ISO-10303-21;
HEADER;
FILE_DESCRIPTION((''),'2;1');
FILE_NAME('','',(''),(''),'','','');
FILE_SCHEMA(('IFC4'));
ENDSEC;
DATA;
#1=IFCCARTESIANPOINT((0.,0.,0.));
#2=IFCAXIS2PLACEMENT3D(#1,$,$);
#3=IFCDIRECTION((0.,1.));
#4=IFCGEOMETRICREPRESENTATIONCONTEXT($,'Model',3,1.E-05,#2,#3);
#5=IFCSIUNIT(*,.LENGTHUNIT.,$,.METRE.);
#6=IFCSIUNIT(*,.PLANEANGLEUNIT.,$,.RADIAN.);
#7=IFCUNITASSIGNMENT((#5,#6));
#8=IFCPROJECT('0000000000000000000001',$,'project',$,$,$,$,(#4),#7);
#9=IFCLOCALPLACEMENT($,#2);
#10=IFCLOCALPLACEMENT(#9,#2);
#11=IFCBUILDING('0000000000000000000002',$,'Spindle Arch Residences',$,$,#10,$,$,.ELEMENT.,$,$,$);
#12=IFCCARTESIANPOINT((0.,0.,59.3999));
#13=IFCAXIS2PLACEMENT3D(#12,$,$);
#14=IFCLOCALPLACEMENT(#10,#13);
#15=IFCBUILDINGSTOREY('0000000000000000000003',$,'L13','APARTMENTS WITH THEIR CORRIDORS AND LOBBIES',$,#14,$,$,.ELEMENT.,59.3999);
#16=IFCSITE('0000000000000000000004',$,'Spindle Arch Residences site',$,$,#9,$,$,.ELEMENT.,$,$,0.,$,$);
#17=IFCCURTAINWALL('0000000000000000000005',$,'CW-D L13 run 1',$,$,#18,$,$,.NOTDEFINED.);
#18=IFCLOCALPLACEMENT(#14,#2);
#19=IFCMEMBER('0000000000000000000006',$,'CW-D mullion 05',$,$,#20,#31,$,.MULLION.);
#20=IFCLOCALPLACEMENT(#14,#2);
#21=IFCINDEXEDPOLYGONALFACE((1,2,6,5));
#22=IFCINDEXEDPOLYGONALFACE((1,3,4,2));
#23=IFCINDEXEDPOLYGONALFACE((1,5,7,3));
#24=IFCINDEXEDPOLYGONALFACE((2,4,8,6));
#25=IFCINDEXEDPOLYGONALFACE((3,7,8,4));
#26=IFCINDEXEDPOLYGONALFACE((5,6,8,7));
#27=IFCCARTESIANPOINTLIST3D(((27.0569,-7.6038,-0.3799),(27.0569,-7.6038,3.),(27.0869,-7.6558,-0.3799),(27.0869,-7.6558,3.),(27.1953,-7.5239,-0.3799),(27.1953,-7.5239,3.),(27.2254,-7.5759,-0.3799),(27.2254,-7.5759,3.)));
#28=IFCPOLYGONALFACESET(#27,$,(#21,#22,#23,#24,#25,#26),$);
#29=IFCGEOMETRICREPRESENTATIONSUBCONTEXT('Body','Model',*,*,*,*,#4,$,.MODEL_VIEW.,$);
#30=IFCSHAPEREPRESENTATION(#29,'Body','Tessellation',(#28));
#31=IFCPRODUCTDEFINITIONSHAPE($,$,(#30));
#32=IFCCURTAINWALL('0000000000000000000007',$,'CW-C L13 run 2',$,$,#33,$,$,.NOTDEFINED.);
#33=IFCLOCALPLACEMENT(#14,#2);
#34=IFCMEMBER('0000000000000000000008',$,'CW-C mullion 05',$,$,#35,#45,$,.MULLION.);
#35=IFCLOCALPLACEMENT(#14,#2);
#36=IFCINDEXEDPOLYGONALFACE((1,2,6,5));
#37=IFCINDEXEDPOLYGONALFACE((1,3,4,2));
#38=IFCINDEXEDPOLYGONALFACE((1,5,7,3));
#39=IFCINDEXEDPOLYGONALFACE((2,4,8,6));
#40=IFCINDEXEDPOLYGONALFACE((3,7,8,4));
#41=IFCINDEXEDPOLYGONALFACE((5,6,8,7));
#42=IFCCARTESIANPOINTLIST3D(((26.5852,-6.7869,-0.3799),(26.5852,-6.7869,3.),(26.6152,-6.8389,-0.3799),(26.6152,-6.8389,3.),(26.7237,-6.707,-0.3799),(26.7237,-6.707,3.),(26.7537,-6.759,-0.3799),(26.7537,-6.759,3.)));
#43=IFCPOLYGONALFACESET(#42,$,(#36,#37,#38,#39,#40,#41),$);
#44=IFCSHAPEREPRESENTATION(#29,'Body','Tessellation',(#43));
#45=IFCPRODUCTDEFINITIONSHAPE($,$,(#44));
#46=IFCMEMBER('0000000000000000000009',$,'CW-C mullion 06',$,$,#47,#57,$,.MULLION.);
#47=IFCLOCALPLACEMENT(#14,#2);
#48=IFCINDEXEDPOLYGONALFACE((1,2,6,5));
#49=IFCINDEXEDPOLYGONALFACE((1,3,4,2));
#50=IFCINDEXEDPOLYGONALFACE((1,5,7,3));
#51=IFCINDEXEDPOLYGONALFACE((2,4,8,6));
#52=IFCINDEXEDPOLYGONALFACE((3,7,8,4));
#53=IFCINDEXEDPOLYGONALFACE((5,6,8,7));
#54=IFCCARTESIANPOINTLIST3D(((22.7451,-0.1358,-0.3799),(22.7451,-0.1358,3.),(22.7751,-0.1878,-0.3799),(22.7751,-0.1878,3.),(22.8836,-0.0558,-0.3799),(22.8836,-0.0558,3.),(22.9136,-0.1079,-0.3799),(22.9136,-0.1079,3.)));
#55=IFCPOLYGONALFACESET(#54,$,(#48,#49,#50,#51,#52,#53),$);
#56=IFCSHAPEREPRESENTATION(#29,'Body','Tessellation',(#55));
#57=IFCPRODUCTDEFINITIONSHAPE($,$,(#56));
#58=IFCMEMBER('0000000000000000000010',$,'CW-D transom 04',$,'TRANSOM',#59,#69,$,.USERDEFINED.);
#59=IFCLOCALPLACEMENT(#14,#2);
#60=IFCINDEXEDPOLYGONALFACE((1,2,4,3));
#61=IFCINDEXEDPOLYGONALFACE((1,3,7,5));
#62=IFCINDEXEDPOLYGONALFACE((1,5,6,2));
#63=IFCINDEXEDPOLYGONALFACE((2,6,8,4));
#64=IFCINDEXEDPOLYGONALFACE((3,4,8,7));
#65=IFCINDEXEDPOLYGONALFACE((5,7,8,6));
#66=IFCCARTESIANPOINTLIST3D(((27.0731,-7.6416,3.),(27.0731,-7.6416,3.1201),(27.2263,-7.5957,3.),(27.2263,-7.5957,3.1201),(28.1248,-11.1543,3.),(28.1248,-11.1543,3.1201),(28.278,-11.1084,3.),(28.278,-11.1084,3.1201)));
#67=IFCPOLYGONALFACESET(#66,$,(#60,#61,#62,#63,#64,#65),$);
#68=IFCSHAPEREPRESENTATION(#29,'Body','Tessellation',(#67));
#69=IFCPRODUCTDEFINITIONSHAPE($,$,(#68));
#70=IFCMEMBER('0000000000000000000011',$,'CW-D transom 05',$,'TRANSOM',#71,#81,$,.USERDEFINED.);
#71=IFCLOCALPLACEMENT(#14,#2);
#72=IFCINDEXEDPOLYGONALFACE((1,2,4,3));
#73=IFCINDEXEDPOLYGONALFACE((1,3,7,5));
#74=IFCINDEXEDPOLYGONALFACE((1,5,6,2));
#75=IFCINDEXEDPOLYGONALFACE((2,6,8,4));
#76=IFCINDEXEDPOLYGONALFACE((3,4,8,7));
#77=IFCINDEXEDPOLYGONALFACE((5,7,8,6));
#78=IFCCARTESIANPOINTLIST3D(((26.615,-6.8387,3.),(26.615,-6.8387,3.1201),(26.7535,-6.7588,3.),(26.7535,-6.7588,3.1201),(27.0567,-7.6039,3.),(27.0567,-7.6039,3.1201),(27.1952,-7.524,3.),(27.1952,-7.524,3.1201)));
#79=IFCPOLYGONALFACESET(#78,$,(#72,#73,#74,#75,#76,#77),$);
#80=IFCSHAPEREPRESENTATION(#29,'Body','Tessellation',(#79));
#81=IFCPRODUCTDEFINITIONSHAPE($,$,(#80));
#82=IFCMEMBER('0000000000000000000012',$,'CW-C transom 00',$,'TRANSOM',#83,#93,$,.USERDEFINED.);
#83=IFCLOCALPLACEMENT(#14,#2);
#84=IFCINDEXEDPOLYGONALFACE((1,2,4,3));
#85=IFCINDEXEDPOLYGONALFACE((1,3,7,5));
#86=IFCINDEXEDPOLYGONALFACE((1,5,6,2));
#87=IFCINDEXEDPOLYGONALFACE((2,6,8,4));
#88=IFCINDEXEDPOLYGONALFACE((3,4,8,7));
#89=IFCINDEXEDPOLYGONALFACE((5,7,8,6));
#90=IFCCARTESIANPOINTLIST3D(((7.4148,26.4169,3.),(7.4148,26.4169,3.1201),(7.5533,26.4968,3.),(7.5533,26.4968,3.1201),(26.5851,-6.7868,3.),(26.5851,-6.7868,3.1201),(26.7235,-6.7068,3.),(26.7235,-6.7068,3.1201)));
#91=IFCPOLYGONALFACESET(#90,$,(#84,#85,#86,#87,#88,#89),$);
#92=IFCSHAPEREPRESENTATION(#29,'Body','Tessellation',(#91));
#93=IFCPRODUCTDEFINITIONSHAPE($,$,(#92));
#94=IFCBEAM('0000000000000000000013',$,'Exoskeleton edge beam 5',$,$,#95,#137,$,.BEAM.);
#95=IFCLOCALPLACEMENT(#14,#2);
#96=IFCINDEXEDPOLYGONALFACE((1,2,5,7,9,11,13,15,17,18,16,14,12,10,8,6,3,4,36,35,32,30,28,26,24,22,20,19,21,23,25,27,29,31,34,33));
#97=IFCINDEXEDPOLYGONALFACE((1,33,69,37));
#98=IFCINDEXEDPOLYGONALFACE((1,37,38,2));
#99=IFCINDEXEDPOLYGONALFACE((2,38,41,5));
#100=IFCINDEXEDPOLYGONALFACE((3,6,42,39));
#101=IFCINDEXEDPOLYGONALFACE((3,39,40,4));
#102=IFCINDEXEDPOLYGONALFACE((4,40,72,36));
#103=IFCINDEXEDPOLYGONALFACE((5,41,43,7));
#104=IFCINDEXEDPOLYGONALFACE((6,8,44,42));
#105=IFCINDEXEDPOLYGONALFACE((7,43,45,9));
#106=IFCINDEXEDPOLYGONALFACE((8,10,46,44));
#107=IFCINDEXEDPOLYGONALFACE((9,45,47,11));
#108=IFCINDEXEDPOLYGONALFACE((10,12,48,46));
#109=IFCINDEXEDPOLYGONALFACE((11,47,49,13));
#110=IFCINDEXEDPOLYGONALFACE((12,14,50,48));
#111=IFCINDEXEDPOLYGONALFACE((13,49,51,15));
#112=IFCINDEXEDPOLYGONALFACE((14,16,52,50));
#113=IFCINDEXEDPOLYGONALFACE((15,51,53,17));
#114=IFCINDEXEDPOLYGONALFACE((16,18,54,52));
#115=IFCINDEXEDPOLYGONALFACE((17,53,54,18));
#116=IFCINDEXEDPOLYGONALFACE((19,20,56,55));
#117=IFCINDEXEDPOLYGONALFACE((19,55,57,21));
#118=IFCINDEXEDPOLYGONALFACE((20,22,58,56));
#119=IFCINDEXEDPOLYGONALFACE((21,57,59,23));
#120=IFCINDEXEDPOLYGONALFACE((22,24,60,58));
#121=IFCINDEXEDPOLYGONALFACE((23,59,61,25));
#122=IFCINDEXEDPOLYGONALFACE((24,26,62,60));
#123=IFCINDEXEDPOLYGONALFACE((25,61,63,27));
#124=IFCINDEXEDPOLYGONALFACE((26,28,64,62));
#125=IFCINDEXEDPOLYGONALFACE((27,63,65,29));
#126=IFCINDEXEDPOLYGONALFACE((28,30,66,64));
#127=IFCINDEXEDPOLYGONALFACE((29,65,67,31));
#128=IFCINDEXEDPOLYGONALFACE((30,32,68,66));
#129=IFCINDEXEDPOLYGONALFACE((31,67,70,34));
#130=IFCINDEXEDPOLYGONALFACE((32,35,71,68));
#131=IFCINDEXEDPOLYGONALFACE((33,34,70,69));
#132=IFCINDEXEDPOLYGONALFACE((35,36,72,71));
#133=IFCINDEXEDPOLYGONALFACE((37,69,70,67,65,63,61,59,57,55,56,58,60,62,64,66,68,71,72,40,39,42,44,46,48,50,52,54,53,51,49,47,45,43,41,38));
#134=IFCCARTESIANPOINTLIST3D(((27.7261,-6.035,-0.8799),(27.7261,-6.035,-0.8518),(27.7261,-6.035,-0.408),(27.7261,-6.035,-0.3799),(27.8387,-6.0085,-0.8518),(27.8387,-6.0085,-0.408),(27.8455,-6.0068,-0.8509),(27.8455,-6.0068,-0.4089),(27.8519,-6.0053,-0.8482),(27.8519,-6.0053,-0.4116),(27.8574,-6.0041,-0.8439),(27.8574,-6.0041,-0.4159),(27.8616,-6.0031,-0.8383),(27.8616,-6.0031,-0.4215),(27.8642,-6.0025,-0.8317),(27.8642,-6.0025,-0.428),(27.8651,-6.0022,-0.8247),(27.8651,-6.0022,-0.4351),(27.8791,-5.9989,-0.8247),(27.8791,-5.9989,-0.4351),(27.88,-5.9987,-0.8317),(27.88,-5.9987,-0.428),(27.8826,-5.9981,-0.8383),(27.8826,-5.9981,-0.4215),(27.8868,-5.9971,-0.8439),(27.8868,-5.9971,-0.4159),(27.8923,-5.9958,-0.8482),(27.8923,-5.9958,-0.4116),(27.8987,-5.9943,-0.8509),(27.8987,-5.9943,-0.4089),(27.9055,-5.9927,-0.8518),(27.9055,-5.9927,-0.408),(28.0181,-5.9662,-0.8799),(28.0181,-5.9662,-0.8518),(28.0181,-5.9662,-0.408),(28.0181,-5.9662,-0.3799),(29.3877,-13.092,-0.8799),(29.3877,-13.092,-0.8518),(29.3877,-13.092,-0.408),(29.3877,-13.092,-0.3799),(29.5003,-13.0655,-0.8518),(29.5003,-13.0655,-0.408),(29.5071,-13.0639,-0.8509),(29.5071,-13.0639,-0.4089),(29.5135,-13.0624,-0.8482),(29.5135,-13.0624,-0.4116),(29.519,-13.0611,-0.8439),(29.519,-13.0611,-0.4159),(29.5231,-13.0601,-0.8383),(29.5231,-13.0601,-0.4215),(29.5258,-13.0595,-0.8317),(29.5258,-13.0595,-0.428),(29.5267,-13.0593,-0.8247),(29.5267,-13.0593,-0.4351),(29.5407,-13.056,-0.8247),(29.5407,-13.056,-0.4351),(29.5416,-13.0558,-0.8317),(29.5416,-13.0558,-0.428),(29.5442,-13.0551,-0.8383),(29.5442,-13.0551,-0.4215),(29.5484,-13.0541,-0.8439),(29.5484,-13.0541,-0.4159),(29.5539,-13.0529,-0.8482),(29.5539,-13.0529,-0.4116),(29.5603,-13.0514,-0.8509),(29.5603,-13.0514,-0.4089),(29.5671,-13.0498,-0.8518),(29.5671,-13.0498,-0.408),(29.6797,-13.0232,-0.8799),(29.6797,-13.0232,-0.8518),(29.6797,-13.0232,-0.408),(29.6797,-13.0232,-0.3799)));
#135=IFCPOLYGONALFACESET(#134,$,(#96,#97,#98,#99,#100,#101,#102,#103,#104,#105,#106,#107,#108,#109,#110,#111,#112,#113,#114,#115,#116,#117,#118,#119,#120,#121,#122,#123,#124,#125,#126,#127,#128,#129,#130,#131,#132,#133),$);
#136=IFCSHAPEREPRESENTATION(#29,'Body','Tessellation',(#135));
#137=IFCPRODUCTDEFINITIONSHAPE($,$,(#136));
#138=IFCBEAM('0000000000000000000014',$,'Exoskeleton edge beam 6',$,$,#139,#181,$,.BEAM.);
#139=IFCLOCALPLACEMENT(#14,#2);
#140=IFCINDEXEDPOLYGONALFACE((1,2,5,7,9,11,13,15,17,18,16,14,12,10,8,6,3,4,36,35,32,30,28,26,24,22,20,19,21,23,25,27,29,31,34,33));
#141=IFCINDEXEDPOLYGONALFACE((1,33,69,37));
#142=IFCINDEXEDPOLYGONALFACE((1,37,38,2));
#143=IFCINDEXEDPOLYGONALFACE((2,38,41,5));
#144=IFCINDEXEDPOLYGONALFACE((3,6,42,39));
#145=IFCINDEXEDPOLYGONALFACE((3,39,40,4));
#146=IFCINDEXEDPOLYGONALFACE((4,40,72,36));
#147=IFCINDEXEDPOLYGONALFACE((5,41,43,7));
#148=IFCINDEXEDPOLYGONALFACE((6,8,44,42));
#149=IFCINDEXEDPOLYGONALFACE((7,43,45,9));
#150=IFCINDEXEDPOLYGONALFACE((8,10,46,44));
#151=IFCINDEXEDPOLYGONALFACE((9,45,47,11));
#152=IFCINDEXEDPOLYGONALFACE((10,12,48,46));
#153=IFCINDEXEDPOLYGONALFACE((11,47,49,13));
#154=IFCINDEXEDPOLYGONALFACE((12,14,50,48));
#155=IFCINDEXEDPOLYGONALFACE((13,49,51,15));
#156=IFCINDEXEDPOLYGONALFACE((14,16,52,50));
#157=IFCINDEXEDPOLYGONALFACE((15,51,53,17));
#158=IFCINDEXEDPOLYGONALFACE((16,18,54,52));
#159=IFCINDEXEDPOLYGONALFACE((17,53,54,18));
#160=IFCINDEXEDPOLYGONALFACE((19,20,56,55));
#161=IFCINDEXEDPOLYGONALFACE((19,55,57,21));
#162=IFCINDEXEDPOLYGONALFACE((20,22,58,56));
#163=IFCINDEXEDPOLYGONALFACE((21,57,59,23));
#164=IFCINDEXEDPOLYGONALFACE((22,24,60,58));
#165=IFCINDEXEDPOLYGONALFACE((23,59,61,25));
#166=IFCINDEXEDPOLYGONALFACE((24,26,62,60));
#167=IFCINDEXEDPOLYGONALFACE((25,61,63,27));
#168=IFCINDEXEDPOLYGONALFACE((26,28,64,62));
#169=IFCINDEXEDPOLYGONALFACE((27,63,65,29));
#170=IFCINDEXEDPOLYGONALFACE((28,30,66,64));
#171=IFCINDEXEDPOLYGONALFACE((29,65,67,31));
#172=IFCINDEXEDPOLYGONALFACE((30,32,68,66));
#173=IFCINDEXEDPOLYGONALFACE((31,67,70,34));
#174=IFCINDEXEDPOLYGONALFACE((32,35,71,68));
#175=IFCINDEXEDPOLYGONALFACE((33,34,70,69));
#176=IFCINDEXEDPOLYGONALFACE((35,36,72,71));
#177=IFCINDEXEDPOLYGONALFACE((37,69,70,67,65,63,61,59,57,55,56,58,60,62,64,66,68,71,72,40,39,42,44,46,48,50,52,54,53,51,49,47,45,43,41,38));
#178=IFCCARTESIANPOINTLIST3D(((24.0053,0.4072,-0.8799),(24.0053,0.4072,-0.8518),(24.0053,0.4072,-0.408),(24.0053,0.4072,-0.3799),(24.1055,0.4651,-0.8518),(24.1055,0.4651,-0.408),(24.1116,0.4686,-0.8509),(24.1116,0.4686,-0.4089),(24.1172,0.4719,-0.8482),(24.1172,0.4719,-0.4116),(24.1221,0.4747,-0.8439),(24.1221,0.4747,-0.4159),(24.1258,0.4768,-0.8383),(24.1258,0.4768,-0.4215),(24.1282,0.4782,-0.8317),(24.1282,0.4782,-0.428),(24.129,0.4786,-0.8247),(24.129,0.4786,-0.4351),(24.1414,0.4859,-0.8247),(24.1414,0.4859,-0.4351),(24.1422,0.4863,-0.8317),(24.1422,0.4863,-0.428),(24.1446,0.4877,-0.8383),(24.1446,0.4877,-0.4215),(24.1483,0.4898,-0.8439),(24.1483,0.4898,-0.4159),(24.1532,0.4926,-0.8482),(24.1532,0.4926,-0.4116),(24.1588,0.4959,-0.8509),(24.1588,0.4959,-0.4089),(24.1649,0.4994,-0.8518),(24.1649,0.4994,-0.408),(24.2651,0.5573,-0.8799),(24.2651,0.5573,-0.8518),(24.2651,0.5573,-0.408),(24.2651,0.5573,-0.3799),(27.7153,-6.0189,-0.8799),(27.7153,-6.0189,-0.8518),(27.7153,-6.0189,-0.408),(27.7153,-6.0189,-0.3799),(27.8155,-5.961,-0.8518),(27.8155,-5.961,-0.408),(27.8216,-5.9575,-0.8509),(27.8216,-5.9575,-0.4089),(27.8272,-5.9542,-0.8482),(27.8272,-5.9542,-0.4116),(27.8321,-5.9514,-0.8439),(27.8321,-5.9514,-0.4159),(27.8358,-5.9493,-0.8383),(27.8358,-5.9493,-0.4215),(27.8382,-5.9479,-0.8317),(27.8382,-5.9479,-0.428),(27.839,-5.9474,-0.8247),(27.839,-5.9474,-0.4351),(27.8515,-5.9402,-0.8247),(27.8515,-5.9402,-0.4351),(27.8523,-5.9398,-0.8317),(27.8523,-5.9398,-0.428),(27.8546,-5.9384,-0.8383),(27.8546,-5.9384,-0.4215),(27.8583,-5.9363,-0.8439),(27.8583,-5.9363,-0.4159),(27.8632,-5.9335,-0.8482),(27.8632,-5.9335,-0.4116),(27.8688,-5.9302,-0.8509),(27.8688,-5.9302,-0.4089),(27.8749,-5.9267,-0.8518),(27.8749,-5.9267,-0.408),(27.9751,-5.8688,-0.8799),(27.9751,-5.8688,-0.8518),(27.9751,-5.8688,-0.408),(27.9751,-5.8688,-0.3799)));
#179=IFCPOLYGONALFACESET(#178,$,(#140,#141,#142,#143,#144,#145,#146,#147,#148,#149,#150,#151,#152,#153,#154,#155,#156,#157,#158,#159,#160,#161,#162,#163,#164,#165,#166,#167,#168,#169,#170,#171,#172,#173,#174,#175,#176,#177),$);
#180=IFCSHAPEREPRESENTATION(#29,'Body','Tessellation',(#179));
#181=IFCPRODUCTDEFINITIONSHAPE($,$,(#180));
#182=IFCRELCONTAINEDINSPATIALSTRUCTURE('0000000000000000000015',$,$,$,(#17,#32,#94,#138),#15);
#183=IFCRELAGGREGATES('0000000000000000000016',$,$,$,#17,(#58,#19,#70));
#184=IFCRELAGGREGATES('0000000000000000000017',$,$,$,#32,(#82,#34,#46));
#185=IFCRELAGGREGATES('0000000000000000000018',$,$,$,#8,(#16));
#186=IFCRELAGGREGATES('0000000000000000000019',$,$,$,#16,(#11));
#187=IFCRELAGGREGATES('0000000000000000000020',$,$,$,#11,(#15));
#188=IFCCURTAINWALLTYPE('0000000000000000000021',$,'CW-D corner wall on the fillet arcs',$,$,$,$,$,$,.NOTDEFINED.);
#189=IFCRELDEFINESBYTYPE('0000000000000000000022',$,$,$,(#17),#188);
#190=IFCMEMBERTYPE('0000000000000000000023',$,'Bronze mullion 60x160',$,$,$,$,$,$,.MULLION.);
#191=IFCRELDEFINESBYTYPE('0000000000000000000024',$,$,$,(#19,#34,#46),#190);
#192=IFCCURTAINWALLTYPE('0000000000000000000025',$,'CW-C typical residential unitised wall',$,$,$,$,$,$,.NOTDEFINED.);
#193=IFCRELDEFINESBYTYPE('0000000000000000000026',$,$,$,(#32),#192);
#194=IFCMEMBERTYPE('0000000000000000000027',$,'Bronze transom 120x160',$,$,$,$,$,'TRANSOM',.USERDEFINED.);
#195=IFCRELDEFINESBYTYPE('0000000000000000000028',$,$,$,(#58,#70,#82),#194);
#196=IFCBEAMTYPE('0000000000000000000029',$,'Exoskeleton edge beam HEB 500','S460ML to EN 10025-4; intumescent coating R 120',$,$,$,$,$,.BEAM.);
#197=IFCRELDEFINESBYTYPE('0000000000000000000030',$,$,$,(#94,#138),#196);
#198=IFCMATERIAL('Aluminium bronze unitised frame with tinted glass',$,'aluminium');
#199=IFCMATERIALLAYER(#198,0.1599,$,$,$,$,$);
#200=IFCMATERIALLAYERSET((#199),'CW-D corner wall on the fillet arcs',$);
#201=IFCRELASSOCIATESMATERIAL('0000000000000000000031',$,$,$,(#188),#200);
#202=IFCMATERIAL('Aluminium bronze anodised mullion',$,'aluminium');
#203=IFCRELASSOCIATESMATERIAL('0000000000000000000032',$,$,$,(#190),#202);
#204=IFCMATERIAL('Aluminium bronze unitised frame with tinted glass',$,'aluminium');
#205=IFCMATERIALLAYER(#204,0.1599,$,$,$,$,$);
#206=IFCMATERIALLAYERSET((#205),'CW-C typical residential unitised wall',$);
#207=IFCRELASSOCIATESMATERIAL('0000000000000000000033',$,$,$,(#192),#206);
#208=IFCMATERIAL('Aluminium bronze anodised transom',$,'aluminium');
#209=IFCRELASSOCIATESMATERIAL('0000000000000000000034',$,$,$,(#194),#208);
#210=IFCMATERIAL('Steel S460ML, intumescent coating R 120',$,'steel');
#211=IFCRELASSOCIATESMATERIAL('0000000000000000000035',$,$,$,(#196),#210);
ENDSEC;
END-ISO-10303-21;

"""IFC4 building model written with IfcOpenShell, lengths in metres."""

from ifc_helpers import new_model, si_unit, direction, frame, origin, origin_2d, place, context, subcontext, project, spatial, rectangle, i_section, extrude, material, layer, layer_set, material_profile, profile_set, type_object, element, aggregate, save


model = new_model("IFC4")

# Units and contexts
model_context = context("Model", 3, precision=1e-05, world=origin(), true_north=direction((0.0, 1.0)))
body_context = subcontext(model_context, "Body", "Model", "MODEL_VIEW")
ifc_project = project(units=[si_unit("LENGTHUNIT", "METRE"), si_unit("PLANEANGLEUNIT", "RADIAN")], contexts=[model_context])

# Site, building, storey
site_placement = place(None, origin())
site = spatial("IfcSite", under=ifc_project, at=site_placement, Name="Spindle Arch Residences site", CompositionType="ELEMENT", RefElevation=0.0)
building_placement = place(site_placement, origin())
building = spatial("IfcBuilding", under=site, at=building_placement, Name="Spindle Arch Residences", CompositionType="ELEMENT")
storey_placement = place(building_placement, frame((0.0, 0.0, 59.3999)))
storey = spatial("IfcBuildingStorey", under=building, at=storey_placement, Name="L13", Description="APARTMENTS WITH THEIR CORRIDORS AND LOBBIES", CompositionType="ELEMENT", Elevation=59.3999)

# Curtain walls, members
ifc_material_1 = material(Name="Aluminium bronze unitised frame with tinted glass", Category="aluminium")
ifc_layer_1 = layer(ifc_material_1, 0.1599)
ifc_layer_set_1 = layer_set([ifc_layer_1], Name="CW-D corner wall on the fillet arcs")
curtain_wall_type_1 = type_object("IfcCurtainWallType", Name="CW-D corner wall on the fillet arcs", PredefinedType="NOTDEFINED", material=ifc_layer_set_1)
curtain_wall_1_placement = place(storey_placement, origin())
curtain_wall_1 = element("IfcCurtainWall", 1, at=curtain_wall_1_placement, inside=storey, type_object=curtain_wall_type_1, Name="CW-D L13 run 1", PredefinedType="NOTDEFINED")
ifc_material_2 = material(Name="Aluminium bronze anodised mullion", Category="aluminium")
ifc_material_profile_1 = material_profile(ifc_material_2, rectangle(XDim=0.1599, YDim=0.0601, at=origin_2d()), Name="MU 60x160")
ifc_profile_set_1 = profile_set([ifc_material_profile_1], Name="Aluminium bronze anodised mullion")
member_type_1 = type_object("IfcMemberType", Name="Bronze mullion 60x160", PredefinedType="MULLION", material=ifc_profile_set_1)
member_1_placement = place(storey_placement, frame((27.1411, -7.5898, -0.3799), z_axis=(0.0, 0.0, 1.0), x_axis=(-0.866025, -0.5, 0.0)))
member_1 = element("IfcMember", 2, at=member_1_placement, type_object=member_type_1, Name="CW-D mullion 05", PredefinedType="MULLION", context=body_context, shape_type="SweptSolid", body=[
    extrude(rectangle(XDim=0.1599, YDim=0.0601, at=origin_2d()), origin(), (0.0, 0.0, 1.0), 3.3799),
])
ifc_material_3 = material(Name="Aluminium bronze unitised frame with tinted glass", Category="aluminium")
ifc_layer_2 = layer(ifc_material_3, 0.1599)
ifc_layer_set_2 = layer_set([ifc_layer_2], Name="CW-C typical residential unitised wall")
curtain_wall_type_2 = type_object("IfcCurtainWallType", Name="CW-C typical residential unitised wall", PredefinedType="NOTDEFINED", material=ifc_layer_set_2)
curtain_wall_2_placement = place(storey_placement, origin())
curtain_wall_2 = element("IfcCurtainWall", 3, at=curtain_wall_2_placement, inside=storey, type_object=curtain_wall_type_2, Name="CW-C L13 run 2", PredefinedType="NOTDEFINED")
member_2_placement = place(storey_placement, frame((26.6694, -6.7729, -0.3799), z_axis=(0.0, 0.0, 1.0), x_axis=(-0.866025, -0.5, 0.0)))
member_2 = element("IfcMember", 4, at=member_2_placement, type_object=member_type_1, Name="CW-C mullion 05", PredefinedType="MULLION", context=body_context, shape_type="SweptSolid", body=[
    extrude(rectangle(XDim=0.1599, YDim=0.0601, at=origin_2d()), origin(), (0.0, 0.0, 1.0), 3.3799),
])
member_3_placement = place(storey_placement, frame((22.8293, -0.1218, -0.3799), z_axis=(0.0, 0.0, 1.0), x_axis=(-0.866025, -0.5, 0.0)))
member_3 = element("IfcMember", 5, at=member_3_placement, type_object=member_type_1, Name="CW-C mullion 06", PredefinedType="MULLION", context=body_context, shape_type="SweptSolid", body=[
    extrude(rectangle(XDim=0.1599, YDim=0.0601, at=origin_2d()), origin(), (0.0, 0.0, 1.0), 3.3799),
])

# Members
ifc_material_4 = material(Name="Aluminium bronze anodised transom", Category="aluminium")
ifc_material_profile_2 = material_profile(ifc_material_4, rectangle(XDim=0.1599, YDim=0.1201, at=origin_2d()), Name="TR 120x160")
ifc_profile_set_2 = profile_set([ifc_material_profile_2], Name="Aluminium bronze anodised transom")
member_type_2 = type_object("IfcMemberType", Name="Bronze transom 120x160", ElementType="TRANSOM", PredefinedType="USERDEFINED", material=ifc_profile_set_2)
member_4_placement = place(storey_placement, frame((28.2014, -11.1313, 3.0601), z_axis=(-0.286835, 0.95798, 0.0), x_axis=(-0.95798, -0.286835, 0.0)))
member_4 = element("IfcMember", 6, at=member_4_placement, type_object=member_type_2, Name="CW-D transom 04", ObjectType="TRANSOM", PredefinedType="USERDEFINED", context=body_context, shape_type="SweptSolid", body=[
    extrude(rectangle(XDim=0.1599, YDim=0.1201, at=origin_2d()), origin(), (0.0, 0.0, 1.0), 3.6667),
])
member_5_placement = place(storey_placement, frame((27.126, -7.564, 3.0601), z_axis=(-0.499914, 0.866075, 0.0), x_axis=(-0.866075, -0.499914, 0.0)))
member_5 = element("IfcMember", 7, at=member_5_placement, type_object=member_type_2, Name="CW-D transom 05", ObjectType="TRANSOM", PredefinedType="USERDEFINED", context=body_context, shape_type="SweptSolid", body=[
    extrude(rectangle(XDim=0.1599, YDim=0.1201, at=origin_2d()), origin(), (0.0, 0.0, 1.0), 0.8835),
])
member_6_placement = place(storey_placement, frame((26.6543, -6.7468, 3.0601), z_axis=(-0.500001, 0.866025, 0.0), x_axis=(-0.866025, -0.500001, 0.0)))
member_6 = element("IfcMember", 8, at=member_6_placement, type_object=member_type_2, Name="CW-C transom 00", ObjectType="TRANSOM", PredefinedType="USERDEFINED", context=body_context, shape_type="SweptSolid", body=[
    extrude(rectangle(XDim=0.1599, YDim=0.1201, at=origin_2d()), origin(), (0.0, 0.0, 1.0), 38.3403),
])

# Beams
ifc_material_5 = material(Name="Steel S460ML, intumescent coating R 120", Category="steel")
ifc_material_profile_3 = material_profile(ifc_material_5, i_section(OverallWidth=0.3, OverallDepth=0.5, WebThickness=0.0144, FlangeThickness=0.0281, FilletRadius=0.0271, at=origin_2d()), Name="HEB 500")
ifc_profile_set_3 = profile_set([ifc_material_profile_3], Name="Steel S460ML, intumescent coating R 120")
beam_type_1 = type_object("IfcBeamType", Name="Exoskeleton edge beam HEB 500", Description="S460ML to EN 10025-4; intumescent coating R 120", PredefinedType="BEAM", material=ifc_profile_set_3)
beam_1_placement = place(storey_placement, frame((29.5337, -13.0576, -0.6299), z_axis=(-0.229186, 0.973383, 0.0), x_axis=(-0.973383, -0.229186, 0.0)))
element("IfcBeam", 9, at=beam_1_placement, inside=storey, type_object=beam_type_1, Name="Exoskeleton edge beam 5", PredefinedType="BEAM", context=body_context, shape_type="SweptSolid", body=[
    extrude(i_section(OverallWidth=0.3, OverallDepth=0.5, WebThickness=0.0144, FlangeThickness=0.0281, FilletRadius=0.0271, at=origin_2d()), origin(), (0.0, 0.0, 1.0), 7.25),
])
beam_2_placement = place(storey_placement, frame((27.8452, -5.9438, -0.6299), z_axis=(-0.499989, 0.866032, 0.0), x_axis=(-0.866032, -0.499989, 0.0)))
element("IfcBeam", 10, at=beam_2_placement, inside=storey, type_object=beam_type_1, Name="Exoskeleton edge beam 6", PredefinedType="BEAM", context=body_context, shape_type="SweptSolid", body=[
    extrude(i_section(OverallWidth=0.3, OverallDepth=0.5, WebThickness=0.0144, FlangeThickness=0.0281, FilletRadius=0.0271, at=origin_2d()), origin(), (0.0, 0.0, 1.0), 7.4202),
])

aggregate(curtain_wall_1, [member_4, member_1, member_5])
aggregate(curtain_wall_2, [member_6, member_2, member_3])

save(model, "model.ifc")
